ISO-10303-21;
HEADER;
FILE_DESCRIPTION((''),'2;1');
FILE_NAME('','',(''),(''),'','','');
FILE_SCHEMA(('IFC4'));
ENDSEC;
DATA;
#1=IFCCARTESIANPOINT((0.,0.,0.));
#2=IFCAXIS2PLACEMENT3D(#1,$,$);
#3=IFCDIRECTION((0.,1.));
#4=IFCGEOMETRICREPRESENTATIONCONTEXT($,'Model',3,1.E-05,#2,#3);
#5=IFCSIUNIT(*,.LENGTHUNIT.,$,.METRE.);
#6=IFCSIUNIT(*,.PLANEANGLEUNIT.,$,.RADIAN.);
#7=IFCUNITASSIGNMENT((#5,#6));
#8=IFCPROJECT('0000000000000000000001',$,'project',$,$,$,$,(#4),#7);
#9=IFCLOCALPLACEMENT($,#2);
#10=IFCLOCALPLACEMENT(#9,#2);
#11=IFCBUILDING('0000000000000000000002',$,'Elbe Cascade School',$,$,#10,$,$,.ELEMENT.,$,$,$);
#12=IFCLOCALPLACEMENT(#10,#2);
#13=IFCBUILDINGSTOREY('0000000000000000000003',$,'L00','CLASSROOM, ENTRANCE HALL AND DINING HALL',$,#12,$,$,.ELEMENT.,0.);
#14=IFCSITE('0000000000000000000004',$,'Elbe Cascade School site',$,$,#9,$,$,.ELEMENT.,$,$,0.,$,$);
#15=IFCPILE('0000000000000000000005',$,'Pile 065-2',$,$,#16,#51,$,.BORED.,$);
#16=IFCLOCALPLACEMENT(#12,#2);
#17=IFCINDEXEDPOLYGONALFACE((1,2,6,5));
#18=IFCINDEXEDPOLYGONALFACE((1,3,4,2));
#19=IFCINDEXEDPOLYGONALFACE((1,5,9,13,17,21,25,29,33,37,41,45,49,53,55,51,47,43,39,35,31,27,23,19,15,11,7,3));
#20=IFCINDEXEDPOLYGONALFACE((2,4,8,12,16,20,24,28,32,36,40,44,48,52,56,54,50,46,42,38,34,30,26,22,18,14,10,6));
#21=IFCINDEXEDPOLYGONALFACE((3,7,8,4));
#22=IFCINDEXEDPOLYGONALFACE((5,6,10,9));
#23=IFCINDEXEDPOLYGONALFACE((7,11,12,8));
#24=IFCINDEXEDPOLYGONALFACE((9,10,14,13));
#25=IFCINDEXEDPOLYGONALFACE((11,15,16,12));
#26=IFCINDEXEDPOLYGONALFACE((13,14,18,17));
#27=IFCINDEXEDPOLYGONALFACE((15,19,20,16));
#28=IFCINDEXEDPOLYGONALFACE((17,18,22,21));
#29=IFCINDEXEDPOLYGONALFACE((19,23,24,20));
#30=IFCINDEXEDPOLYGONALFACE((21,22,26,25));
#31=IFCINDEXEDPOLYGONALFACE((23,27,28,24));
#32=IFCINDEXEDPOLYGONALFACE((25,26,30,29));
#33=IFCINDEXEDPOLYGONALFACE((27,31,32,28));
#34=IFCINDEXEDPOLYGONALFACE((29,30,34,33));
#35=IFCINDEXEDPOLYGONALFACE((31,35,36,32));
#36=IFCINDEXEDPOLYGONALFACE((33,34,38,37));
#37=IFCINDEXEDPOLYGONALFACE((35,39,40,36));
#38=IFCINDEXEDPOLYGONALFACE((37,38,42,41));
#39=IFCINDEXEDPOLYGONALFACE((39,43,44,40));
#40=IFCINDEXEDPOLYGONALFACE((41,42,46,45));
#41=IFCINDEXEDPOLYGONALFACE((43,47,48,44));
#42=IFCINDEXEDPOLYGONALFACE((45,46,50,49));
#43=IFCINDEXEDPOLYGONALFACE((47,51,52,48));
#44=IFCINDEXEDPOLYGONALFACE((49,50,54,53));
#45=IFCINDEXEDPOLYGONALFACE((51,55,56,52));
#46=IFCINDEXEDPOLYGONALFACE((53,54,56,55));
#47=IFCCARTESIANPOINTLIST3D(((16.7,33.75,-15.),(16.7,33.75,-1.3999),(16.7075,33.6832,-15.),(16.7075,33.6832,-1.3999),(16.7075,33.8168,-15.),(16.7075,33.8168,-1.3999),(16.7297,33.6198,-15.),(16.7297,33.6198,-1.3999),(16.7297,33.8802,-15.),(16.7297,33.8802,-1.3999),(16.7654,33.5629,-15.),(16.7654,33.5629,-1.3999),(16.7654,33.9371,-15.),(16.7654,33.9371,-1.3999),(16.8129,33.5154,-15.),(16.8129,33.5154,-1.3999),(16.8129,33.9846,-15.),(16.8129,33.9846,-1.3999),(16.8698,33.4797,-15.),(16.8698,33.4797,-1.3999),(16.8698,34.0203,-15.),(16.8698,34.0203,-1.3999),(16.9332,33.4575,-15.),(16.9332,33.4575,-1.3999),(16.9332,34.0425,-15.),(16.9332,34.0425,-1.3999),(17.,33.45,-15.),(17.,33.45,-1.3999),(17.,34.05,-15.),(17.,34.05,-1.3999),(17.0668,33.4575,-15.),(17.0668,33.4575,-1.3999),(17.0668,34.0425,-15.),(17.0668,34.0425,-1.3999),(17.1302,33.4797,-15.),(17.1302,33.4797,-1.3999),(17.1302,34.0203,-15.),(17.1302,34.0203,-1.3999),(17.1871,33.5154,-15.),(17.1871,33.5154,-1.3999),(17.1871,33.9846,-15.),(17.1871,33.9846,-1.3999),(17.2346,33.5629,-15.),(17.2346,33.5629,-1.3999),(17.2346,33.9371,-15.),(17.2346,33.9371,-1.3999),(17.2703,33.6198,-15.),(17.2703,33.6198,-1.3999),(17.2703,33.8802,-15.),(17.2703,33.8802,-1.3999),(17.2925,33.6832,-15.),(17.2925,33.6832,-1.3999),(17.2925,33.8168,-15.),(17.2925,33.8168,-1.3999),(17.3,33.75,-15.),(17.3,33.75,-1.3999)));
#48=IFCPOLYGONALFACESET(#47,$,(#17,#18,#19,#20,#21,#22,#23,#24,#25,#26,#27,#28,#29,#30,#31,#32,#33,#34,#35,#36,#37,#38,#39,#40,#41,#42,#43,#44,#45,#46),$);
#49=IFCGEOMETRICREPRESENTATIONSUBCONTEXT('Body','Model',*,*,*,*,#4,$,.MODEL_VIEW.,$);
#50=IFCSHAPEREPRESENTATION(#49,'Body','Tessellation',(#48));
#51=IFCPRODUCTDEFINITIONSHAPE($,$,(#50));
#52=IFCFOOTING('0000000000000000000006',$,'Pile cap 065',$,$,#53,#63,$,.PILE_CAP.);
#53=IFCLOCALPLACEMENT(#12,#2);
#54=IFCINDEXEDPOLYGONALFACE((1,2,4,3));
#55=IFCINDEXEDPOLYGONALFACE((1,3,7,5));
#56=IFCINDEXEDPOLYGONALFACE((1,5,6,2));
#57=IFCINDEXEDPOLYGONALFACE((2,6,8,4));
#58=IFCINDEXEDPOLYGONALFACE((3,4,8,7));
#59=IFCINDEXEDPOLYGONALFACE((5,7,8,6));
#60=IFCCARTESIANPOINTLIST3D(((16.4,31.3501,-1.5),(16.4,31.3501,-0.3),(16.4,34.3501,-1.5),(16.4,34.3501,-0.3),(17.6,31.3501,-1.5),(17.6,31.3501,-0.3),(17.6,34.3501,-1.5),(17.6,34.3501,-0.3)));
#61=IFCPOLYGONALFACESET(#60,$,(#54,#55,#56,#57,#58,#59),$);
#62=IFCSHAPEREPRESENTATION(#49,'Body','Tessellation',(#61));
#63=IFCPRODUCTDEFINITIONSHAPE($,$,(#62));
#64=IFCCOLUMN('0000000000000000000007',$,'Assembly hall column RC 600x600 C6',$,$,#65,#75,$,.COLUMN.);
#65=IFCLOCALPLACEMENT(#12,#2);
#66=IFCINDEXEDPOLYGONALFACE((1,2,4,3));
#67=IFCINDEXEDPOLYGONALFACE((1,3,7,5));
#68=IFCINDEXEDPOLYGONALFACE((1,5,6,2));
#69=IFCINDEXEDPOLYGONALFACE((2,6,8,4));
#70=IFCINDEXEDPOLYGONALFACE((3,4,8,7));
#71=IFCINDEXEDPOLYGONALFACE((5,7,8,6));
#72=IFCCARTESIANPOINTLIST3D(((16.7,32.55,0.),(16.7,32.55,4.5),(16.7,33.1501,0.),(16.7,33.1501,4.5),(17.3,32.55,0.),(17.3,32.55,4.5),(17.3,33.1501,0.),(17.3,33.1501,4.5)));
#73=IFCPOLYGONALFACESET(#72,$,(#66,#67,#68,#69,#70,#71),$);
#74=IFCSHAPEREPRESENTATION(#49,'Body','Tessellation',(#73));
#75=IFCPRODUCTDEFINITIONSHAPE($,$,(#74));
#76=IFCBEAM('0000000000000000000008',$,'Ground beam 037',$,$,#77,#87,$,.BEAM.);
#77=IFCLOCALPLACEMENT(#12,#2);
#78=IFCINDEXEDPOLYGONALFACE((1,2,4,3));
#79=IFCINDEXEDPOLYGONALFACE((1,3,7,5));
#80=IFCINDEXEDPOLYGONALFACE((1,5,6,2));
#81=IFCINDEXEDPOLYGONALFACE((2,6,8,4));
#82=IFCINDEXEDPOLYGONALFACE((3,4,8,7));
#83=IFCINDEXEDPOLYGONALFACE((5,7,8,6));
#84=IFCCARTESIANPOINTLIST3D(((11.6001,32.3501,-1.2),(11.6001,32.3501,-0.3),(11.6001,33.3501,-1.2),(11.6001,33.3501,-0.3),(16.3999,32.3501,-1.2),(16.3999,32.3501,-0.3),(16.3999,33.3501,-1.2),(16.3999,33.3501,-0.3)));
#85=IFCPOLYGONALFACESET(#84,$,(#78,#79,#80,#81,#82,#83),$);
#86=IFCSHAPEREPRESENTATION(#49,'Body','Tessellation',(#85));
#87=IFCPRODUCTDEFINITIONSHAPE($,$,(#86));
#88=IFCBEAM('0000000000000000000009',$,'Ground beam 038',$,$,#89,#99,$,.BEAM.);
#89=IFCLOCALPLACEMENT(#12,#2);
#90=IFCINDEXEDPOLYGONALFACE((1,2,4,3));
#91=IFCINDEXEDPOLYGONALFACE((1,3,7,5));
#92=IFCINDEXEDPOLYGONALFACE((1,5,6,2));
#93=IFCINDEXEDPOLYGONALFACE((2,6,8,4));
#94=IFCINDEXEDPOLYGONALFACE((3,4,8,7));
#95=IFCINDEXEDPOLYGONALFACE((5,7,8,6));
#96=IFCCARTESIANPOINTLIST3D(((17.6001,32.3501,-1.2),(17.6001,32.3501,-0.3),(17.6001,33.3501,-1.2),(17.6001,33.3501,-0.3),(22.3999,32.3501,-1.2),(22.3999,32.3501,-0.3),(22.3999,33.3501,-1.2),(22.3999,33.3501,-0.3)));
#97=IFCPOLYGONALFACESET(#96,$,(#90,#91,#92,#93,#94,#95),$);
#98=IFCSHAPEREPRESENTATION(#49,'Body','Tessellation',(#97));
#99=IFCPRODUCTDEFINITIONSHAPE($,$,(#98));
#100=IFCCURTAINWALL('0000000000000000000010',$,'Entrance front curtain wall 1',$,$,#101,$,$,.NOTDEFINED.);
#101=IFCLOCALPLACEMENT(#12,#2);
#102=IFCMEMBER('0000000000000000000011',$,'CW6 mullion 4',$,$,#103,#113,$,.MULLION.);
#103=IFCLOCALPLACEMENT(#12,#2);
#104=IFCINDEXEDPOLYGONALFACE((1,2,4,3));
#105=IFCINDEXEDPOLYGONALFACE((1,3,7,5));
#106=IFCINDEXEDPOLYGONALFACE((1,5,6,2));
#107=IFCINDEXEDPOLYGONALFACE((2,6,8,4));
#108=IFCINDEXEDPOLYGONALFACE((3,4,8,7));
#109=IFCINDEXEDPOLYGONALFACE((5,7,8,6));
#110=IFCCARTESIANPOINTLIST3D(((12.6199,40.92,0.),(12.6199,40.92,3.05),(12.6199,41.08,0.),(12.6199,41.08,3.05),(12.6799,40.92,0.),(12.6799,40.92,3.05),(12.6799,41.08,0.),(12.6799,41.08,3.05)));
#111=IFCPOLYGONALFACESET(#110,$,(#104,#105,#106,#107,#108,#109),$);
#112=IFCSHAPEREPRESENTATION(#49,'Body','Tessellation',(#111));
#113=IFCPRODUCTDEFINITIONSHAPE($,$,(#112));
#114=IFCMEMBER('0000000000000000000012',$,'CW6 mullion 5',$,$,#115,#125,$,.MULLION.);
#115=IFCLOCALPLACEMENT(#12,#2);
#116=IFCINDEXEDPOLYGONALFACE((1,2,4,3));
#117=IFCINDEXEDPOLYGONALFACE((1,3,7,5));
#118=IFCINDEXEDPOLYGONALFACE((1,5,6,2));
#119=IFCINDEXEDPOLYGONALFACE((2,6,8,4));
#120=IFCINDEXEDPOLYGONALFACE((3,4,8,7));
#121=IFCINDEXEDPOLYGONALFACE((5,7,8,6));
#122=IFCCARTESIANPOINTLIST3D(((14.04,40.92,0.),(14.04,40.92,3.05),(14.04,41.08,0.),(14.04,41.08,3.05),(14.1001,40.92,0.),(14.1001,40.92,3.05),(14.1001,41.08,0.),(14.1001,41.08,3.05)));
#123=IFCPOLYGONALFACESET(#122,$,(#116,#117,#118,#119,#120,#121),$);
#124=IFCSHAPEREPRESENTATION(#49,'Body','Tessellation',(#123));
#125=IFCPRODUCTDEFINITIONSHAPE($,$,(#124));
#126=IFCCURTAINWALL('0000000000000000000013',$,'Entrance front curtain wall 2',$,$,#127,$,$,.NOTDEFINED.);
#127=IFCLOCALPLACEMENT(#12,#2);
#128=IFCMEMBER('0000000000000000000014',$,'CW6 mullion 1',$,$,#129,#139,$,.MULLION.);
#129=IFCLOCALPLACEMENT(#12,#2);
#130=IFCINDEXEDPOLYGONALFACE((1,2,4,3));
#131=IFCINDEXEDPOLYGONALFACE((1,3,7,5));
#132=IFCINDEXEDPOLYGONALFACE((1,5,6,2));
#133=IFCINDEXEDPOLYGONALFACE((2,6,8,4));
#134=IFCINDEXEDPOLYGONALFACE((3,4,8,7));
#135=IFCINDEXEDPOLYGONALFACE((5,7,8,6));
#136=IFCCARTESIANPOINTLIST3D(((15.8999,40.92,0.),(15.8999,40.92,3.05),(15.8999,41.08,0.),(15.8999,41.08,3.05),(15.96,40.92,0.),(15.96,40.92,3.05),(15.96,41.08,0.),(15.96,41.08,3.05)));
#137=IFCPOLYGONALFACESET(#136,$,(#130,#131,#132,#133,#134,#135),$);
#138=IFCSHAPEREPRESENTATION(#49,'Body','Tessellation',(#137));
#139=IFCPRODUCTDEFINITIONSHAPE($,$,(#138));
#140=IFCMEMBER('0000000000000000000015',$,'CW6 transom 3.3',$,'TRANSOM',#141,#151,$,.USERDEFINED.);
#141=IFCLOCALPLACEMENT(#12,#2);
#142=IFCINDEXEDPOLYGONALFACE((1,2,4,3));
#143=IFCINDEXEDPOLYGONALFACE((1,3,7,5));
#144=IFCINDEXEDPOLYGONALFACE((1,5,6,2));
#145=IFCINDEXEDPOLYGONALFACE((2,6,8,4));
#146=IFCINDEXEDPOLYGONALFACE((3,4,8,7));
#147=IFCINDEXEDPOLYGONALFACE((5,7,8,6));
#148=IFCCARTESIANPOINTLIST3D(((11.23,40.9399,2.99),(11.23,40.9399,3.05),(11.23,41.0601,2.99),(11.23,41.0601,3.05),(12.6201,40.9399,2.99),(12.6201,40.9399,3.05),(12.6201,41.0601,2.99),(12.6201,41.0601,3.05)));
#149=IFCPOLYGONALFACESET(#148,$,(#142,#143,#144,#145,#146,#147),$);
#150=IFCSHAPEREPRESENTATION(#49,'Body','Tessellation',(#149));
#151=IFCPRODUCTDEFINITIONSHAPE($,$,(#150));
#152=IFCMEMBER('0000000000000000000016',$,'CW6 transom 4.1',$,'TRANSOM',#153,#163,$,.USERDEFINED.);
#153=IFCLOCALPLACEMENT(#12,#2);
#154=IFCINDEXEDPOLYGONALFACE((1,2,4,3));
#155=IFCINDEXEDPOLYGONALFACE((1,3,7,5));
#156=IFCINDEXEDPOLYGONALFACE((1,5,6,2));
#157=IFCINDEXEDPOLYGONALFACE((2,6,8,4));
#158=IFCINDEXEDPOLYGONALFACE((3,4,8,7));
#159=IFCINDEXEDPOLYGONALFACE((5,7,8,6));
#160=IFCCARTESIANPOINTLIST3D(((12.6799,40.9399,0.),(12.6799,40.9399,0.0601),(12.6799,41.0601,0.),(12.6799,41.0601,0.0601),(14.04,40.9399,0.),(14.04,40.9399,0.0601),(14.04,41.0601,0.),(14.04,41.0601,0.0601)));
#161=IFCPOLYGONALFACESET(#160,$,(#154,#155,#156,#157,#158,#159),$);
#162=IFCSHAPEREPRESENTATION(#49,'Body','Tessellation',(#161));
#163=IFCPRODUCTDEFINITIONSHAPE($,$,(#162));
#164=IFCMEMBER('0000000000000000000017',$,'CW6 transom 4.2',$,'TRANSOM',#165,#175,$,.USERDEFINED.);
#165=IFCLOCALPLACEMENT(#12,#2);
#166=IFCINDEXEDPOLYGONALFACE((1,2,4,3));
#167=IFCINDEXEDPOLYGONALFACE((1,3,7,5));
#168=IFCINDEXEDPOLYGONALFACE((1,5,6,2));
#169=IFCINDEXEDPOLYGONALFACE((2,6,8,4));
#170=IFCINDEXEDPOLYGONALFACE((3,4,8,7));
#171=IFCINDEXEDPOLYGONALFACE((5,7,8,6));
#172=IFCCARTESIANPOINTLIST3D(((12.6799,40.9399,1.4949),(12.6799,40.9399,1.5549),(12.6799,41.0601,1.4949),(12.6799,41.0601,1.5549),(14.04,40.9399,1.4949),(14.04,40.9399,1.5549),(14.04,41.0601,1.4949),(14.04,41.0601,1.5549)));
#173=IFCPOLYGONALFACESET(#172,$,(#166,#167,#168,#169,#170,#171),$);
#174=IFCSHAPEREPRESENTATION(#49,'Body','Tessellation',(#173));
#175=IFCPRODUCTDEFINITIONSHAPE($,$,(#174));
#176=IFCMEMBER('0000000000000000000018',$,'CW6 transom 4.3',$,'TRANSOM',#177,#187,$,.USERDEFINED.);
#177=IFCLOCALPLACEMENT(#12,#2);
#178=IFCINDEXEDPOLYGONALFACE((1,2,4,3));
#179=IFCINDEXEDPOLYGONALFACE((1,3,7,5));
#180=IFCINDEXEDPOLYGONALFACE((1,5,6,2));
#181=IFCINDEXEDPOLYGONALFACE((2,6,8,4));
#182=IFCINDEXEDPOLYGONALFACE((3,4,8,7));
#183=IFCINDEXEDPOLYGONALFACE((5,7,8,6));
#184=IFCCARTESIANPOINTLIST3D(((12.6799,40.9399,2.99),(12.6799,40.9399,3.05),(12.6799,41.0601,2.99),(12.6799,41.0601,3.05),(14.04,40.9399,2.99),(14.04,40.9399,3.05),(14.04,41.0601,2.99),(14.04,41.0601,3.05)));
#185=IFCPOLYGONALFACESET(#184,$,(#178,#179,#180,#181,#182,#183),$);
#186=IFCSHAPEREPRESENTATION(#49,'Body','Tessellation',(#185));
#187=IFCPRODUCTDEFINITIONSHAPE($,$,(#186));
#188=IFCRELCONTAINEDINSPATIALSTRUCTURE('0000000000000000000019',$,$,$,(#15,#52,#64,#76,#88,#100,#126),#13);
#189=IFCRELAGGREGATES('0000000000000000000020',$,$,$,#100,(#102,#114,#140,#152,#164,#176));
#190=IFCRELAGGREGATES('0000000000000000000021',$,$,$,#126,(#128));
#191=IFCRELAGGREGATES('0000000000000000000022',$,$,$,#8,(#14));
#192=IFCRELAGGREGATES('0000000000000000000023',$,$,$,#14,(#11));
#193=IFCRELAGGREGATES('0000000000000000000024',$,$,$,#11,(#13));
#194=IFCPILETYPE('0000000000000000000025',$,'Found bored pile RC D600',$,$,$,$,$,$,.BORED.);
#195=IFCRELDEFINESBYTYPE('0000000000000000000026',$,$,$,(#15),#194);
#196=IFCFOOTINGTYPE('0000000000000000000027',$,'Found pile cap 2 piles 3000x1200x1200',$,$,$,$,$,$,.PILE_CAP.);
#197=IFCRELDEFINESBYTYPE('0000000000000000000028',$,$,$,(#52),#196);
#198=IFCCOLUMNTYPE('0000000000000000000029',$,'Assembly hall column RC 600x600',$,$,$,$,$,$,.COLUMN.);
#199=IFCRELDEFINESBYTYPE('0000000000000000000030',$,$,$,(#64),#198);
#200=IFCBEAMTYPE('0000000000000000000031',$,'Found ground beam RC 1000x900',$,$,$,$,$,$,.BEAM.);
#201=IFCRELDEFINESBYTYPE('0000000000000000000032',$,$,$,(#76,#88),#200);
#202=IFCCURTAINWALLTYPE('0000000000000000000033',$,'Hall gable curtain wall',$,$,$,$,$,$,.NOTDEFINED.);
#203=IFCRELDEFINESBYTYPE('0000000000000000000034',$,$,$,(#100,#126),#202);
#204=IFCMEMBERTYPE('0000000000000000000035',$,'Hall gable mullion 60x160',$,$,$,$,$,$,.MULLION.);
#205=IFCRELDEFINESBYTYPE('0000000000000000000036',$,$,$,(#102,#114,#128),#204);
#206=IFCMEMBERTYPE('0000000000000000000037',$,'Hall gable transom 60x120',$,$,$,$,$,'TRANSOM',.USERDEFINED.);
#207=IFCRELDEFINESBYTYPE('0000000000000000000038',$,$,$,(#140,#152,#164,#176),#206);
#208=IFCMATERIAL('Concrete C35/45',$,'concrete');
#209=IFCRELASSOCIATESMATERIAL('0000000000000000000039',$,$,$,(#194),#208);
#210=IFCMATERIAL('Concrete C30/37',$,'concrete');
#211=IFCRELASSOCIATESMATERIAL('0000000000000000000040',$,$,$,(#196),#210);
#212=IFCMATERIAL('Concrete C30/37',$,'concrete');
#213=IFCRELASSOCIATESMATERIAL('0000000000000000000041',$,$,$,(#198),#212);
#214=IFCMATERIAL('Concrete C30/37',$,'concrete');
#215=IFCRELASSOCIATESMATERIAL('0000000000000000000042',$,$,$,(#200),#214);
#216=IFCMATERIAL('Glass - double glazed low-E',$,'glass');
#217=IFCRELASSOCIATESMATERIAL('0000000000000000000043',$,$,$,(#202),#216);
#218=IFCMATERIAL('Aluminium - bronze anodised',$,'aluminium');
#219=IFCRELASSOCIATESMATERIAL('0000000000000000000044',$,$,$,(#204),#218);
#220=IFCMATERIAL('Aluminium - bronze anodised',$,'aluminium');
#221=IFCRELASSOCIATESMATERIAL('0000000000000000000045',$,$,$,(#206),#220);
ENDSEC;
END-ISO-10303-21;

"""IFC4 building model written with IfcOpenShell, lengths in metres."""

from ifc_helpers import new_model, si_unit, direction, frame, origin, origin_2d, place, context, subcontext, project, spatial, rectangle, circle, extrude, material, material_profile, profile_set, type_object, element, aggregate, save


model = new_model("IFC4")

# Units and contexts
model_context = context("Model", 3, precision=1e-05, world=origin(), true_north=direction((0.0, 1.0)))
body_context = subcontext(model_context, "Body", "Model", "MODEL_VIEW")
ifc_project = project(units=[si_unit("LENGTHUNIT", "METRE"), si_unit("PLANEANGLEUNIT", "RADIAN")], contexts=[model_context])

# Site, building, storey
site_placement = place(None, origin())
site = spatial("IfcSite", under=ifc_project, at=site_placement, Name="Elbe Cascade School site", CompositionType="ELEMENT", RefElevation=0.0)
building_placement = place(site_placement, origin())
building = spatial("IfcBuilding", under=site, at=building_placement, Name="Elbe Cascade School", CompositionType="ELEMENT")
storey_placement = place(building_placement, origin())
storey = spatial("IfcBuildingStorey", under=building, at=storey_placement, Name="L00", Description="CLASSROOM, ENTRANCE HALL AND DINING HALL", CompositionType="ELEMENT", Elevation=0.0)

# Pile
ifc_material_1 = material(Name="Concrete C35/45", Category="concrete")
ifc_material_profile_1 = material_profile(ifc_material_1, circle(Radius=0.3, at=origin_2d()), Name="RC D600")
ifc_profile_set_1 = profile_set([ifc_material_profile_1], Name="Concrete C35/45")
pile_type = type_object("IfcPileType", Name="Found bored pile RC D600", PredefinedType="BORED", material=ifc_profile_set_1)
pile_placement = place(storey_placement, frame((17.0, 33.75, -1.3999), z_axis=(0.0, 0.0, -1.0), x_axis=(1.0, 0.0, 0.0)))
element("IfcPile", 1, at=pile_placement, inside=storey, type_object=pile_type, Name="Pile 065-2", PredefinedType="BORED", context=body_context, shape_type="SweptSolid", body=[
    extrude(circle(Radius=0.3, at=origin_2d()), origin(), (0.0, 0.0, 1.0), 13.6001),
])

# Footing
ifc_material_2 = material(Name="Concrete C30/37", Category="concrete")
footing_type = type_object("IfcFootingType", Name="Found pile cap 2 piles 3000x1200x1200", PredefinedType="PILE_CAP", material=ifc_material_2)
footing_placement = place(storey_placement, frame((17.0, 32.8501, -1.5), z_axis=(0.0, 0.0, 1.0), x_axis=(1.0, 0.0, 0.0)))
element("IfcFooting", 2, at=footing_placement, inside=storey, type_object=footing_type, Name="Pile cap 065", PredefinedType="PILE_CAP", context=body_context, shape_type="SweptSolid", body=[
    extrude(rectangle(XDim=1.2, YDim=3.0, at=origin_2d()), origin(), (0.0, 0.0, 1.0), 1.2),
])

# Column
ifc_material_3 = material(Name="Concrete C30/37", Category="concrete")
ifc_material_profile_2 = material_profile(ifc_material_3, rectangle(XDim=0.6001, YDim=0.6001, at=origin_2d()), Name="RC 600x600")
ifc_profile_set_2 = profile_set([ifc_material_profile_2], Name="Concrete C30/37")
column_type = type_object("IfcColumnType", Name="Assembly hall column RC 600x600", PredefinedType="COLUMN", material=ifc_profile_set_2)
column_placement = place(storey_placement, frame((17.0, 32.8501, 0.0), z_axis=(0.0, 0.0, 1.0), x_axis=(1.0, 0.0, 0.0)))
element("IfcColumn", 3, at=column_placement, inside=storey, type_object=column_type, Name="Assembly hall column RC 600x600 C6", PredefinedType="COLUMN", context=body_context, shape_type="SweptSolid", body=[
    extrude(rectangle(XDim=0.6001, YDim=0.6001, at=origin_2d()), origin(), (0.0, 0.0, 1.0), 4.5),
])

# Beams
ifc_material_4 = material(Name="Concrete C30/37", Category="concrete")
ifc_material_profile_3 = material_profile(ifc_material_4, rectangle(XDim=1.0, YDim=0.8999, at=origin_2d()), Name="RC 1000x900")
ifc_profile_set_3 = profile_set([ifc_material_profile_3], Name="Concrete C30/37")
beam_type = type_object("IfcBeamType", Name="Found ground beam RC 1000x900", PredefinedType="BEAM", material=ifc_profile_set_3)
for number, where, z_axis, x_axis, name in (
    (4, (11.6001, 32.8501, -0.75), (1.0, 0.0, 0.0), (0.0, 1.0, 0.0), "Ground beam 037"),
    (5, (17.6001, 32.8501, -0.75), (1.0, 0.0, 0.0), (0.0, 1.0, 0.0), "Ground beam 038"),
):
    element("IfcBeam", number, at=place(storey_placement, frame(where, z_axis=z_axis, x_axis=x_axis)), inside=storey, type_object=beam_type, Name=name, PredefinedType="BEAM", context=body_context, shape_type="SweptSolid", body=[
        extrude(rectangle(XDim=1.0, YDim=0.8999, at=origin_2d()), origin(), (0.0, 0.0, 1.0), 4.7998),
    ])

# Curtain wall, members
ifc_material_5 = material(Name="Glass - double glazed low-E", Category="glass")
curtain_wall_type = type_object("IfcCurtainWallType", Name="Hall gable curtain wall", PredefinedType="NOTDEFINED", material=ifc_material_5)
curtain_wall_1_placement = place(storey_placement, origin())
curtain_wall_1 = element("IfcCurtainWall", 6, at=curtain_wall_1_placement, inside=storey, type_object=curtain_wall_type, Name="Entrance front curtain wall 1", PredefinedType="NOTDEFINED")
ifc_material_6 = material(Name="Aluminium - bronze anodised", Category="aluminium")
ifc_material_profile_4 = material_profile(ifc_material_6, rectangle(XDim=0.1599, YDim=0.0601, at=origin_2d()), Name="Alu 60x160")
ifc_profile_set_4 = profile_set([ifc_material_profile_4], Name="Aluminium - bronze anodised")
member_type_1 = type_object("IfcMemberType", Name="Hall gable mullion 60x160", PredefinedType="MULLION", material=ifc_profile_set_4)
member_1_placement = place(storey_placement, frame((12.6499, 41.0, 0.0), z_axis=(0.0, 0.0, 1.0), x_axis=(0.0, 1.0, 0.0)))
member_1 = element("IfcMember", 7, at=member_1_placement, type_object=member_type_1, Name="CW6 mullion 4", PredefinedType="MULLION", context=body_context, shape_type="SweptSolid", body=[
    extrude(rectangle(XDim=0.1599, YDim=0.0601, at=origin_2d()), origin(), (0.0, 0.0, 1.0), 3.05),
])
member_2_placement = place(storey_placement, frame((14.0701, 41.0, 0.0), z_axis=(0.0, 0.0, 1.0), x_axis=(0.0, 1.0, 0.0)))
member_2 = element("IfcMember", 8, at=member_2_placement, type_object=member_type_1, Name="CW6 mullion 5", PredefinedType="MULLION", context=body_context, shape_type="SweptSolid", body=[
    extrude(rectangle(XDim=0.1599, YDim=0.0601, at=origin_2d()), origin(), (0.0, 0.0, 1.0), 3.05),
])

# Curtain wall, member
curtain_wall_2_placement = place(storey_placement, origin())
curtain_wall_2 = element("IfcCurtainWall", 9, at=curtain_wall_2_placement, inside=storey, type_object=curtain_wall_type, Name="Entrance front curtain wall 2", PredefinedType="NOTDEFINED")
member_3_placement = place(storey_placement, frame((15.9299, 41.0, 0.0), z_axis=(0.0, 0.0, 1.0), x_axis=(0.0, 1.0, 0.0)))
member_3 = element("IfcMember", 10, at=member_3_placement, type_object=member_type_1, Name="CW6 mullion 1", PredefinedType="MULLION", context=body_context, shape_type="SweptSolid", body=[
    extrude(rectangle(XDim=0.1599, YDim=0.0601, at=origin_2d()), origin(), (0.0, 0.0, 1.0), 3.05),
])

# Members
ifc_material_7 = material(Name="Aluminium - bronze anodised", Category="aluminium")
ifc_material_profile_5 = material_profile(ifc_material_7, rectangle(XDim=0.1201, YDim=0.0601, at=origin_2d()), Name="Alu 60x120")
ifc_profile_set_5 = profile_set([ifc_material_profile_5], Name="Aluminium - bronze anodised")
member_type_2 = type_object("IfcMemberType", Name="Hall gable transom 60x120", ElementType="TRANSOM", PredefinedType="USERDEFINED", material=ifc_profile_set_5)
member_4_placement = place(storey_placement, frame((11.23, 41.0, 3.02), z_axis=(1.0, 0.0, 0.0), x_axis=(0.0, 1.0, 0.0)))
member_4 = element("IfcMember", 11, at=member_4_placement, type_object=member_type_2, Name="CW6 transom 3.3", ObjectType="TRANSOM", PredefinedType="USERDEFINED", context=body_context, shape_type="SweptSolid", body=[
    extrude(rectangle(XDim=0.1201, YDim=0.0601, at=origin_2d()), origin(), (0.0, 0.0, 1.0), 1.3901),
])
member_5_placement = place(storey_placement, frame((12.6799, 41.0, 0.03), z_axis=(1.0, 0.0, 0.0), x_axis=(0.0, 1.0, 0.0)))
member_5 = element("IfcMember", 12, at=member_5_placement, type_object=member_type_2, Name="CW6 transom 4.1", ObjectType="TRANSOM", PredefinedType="USERDEFINED", context=body_context, shape_type="SweptSolid", body=[
    extrude(rectangle(XDim=0.1201, YDim=0.0601, at=origin_2d()), origin(), (0.0, 0.0, 1.0), 1.3601),
])
member_6_placement = place(storey_placement, frame((12.6799, 41.0, 1.5249), z_axis=(1.0, 0.0, 0.0), x_axis=(0.0, 1.0, 0.0)))
member_6 = element("IfcMember", 13, at=member_6_placement, type_object=member_type_2, Name="CW6 transom 4.2", ObjectType="TRANSOM", PredefinedType="USERDEFINED", context=body_context, shape_type="SweptSolid", body=[
    extrude(rectangle(XDim=0.1201, YDim=0.0601, at=origin_2d()), origin(), (0.0, 0.0, 1.0), 1.3601),
])
member_7_placement = place(storey_placement, frame((12.6799, 41.0, 3.02), z_axis=(1.0, 0.0, 0.0), x_axis=(0.0, 1.0, 0.0)))
member_7 = element("IfcMember", 14, at=member_7_placement, type_object=member_type_2, Name="CW6 transom 4.3", ObjectType="TRANSOM", PredefinedType="USERDEFINED", context=body_context, shape_type="SweptSolid", body=[
    extrude(rectangle(XDim=0.1201, YDim=0.0601, at=origin_2d()), origin(), (0.0, 0.0, 1.0), 1.3601),
])

aggregate(curtain_wall_1, [member_1, member_2, member_4, member_5, member_6, member_7])
aggregate(curtain_wall_2, [member_3])

save(model, "model.ifc")
